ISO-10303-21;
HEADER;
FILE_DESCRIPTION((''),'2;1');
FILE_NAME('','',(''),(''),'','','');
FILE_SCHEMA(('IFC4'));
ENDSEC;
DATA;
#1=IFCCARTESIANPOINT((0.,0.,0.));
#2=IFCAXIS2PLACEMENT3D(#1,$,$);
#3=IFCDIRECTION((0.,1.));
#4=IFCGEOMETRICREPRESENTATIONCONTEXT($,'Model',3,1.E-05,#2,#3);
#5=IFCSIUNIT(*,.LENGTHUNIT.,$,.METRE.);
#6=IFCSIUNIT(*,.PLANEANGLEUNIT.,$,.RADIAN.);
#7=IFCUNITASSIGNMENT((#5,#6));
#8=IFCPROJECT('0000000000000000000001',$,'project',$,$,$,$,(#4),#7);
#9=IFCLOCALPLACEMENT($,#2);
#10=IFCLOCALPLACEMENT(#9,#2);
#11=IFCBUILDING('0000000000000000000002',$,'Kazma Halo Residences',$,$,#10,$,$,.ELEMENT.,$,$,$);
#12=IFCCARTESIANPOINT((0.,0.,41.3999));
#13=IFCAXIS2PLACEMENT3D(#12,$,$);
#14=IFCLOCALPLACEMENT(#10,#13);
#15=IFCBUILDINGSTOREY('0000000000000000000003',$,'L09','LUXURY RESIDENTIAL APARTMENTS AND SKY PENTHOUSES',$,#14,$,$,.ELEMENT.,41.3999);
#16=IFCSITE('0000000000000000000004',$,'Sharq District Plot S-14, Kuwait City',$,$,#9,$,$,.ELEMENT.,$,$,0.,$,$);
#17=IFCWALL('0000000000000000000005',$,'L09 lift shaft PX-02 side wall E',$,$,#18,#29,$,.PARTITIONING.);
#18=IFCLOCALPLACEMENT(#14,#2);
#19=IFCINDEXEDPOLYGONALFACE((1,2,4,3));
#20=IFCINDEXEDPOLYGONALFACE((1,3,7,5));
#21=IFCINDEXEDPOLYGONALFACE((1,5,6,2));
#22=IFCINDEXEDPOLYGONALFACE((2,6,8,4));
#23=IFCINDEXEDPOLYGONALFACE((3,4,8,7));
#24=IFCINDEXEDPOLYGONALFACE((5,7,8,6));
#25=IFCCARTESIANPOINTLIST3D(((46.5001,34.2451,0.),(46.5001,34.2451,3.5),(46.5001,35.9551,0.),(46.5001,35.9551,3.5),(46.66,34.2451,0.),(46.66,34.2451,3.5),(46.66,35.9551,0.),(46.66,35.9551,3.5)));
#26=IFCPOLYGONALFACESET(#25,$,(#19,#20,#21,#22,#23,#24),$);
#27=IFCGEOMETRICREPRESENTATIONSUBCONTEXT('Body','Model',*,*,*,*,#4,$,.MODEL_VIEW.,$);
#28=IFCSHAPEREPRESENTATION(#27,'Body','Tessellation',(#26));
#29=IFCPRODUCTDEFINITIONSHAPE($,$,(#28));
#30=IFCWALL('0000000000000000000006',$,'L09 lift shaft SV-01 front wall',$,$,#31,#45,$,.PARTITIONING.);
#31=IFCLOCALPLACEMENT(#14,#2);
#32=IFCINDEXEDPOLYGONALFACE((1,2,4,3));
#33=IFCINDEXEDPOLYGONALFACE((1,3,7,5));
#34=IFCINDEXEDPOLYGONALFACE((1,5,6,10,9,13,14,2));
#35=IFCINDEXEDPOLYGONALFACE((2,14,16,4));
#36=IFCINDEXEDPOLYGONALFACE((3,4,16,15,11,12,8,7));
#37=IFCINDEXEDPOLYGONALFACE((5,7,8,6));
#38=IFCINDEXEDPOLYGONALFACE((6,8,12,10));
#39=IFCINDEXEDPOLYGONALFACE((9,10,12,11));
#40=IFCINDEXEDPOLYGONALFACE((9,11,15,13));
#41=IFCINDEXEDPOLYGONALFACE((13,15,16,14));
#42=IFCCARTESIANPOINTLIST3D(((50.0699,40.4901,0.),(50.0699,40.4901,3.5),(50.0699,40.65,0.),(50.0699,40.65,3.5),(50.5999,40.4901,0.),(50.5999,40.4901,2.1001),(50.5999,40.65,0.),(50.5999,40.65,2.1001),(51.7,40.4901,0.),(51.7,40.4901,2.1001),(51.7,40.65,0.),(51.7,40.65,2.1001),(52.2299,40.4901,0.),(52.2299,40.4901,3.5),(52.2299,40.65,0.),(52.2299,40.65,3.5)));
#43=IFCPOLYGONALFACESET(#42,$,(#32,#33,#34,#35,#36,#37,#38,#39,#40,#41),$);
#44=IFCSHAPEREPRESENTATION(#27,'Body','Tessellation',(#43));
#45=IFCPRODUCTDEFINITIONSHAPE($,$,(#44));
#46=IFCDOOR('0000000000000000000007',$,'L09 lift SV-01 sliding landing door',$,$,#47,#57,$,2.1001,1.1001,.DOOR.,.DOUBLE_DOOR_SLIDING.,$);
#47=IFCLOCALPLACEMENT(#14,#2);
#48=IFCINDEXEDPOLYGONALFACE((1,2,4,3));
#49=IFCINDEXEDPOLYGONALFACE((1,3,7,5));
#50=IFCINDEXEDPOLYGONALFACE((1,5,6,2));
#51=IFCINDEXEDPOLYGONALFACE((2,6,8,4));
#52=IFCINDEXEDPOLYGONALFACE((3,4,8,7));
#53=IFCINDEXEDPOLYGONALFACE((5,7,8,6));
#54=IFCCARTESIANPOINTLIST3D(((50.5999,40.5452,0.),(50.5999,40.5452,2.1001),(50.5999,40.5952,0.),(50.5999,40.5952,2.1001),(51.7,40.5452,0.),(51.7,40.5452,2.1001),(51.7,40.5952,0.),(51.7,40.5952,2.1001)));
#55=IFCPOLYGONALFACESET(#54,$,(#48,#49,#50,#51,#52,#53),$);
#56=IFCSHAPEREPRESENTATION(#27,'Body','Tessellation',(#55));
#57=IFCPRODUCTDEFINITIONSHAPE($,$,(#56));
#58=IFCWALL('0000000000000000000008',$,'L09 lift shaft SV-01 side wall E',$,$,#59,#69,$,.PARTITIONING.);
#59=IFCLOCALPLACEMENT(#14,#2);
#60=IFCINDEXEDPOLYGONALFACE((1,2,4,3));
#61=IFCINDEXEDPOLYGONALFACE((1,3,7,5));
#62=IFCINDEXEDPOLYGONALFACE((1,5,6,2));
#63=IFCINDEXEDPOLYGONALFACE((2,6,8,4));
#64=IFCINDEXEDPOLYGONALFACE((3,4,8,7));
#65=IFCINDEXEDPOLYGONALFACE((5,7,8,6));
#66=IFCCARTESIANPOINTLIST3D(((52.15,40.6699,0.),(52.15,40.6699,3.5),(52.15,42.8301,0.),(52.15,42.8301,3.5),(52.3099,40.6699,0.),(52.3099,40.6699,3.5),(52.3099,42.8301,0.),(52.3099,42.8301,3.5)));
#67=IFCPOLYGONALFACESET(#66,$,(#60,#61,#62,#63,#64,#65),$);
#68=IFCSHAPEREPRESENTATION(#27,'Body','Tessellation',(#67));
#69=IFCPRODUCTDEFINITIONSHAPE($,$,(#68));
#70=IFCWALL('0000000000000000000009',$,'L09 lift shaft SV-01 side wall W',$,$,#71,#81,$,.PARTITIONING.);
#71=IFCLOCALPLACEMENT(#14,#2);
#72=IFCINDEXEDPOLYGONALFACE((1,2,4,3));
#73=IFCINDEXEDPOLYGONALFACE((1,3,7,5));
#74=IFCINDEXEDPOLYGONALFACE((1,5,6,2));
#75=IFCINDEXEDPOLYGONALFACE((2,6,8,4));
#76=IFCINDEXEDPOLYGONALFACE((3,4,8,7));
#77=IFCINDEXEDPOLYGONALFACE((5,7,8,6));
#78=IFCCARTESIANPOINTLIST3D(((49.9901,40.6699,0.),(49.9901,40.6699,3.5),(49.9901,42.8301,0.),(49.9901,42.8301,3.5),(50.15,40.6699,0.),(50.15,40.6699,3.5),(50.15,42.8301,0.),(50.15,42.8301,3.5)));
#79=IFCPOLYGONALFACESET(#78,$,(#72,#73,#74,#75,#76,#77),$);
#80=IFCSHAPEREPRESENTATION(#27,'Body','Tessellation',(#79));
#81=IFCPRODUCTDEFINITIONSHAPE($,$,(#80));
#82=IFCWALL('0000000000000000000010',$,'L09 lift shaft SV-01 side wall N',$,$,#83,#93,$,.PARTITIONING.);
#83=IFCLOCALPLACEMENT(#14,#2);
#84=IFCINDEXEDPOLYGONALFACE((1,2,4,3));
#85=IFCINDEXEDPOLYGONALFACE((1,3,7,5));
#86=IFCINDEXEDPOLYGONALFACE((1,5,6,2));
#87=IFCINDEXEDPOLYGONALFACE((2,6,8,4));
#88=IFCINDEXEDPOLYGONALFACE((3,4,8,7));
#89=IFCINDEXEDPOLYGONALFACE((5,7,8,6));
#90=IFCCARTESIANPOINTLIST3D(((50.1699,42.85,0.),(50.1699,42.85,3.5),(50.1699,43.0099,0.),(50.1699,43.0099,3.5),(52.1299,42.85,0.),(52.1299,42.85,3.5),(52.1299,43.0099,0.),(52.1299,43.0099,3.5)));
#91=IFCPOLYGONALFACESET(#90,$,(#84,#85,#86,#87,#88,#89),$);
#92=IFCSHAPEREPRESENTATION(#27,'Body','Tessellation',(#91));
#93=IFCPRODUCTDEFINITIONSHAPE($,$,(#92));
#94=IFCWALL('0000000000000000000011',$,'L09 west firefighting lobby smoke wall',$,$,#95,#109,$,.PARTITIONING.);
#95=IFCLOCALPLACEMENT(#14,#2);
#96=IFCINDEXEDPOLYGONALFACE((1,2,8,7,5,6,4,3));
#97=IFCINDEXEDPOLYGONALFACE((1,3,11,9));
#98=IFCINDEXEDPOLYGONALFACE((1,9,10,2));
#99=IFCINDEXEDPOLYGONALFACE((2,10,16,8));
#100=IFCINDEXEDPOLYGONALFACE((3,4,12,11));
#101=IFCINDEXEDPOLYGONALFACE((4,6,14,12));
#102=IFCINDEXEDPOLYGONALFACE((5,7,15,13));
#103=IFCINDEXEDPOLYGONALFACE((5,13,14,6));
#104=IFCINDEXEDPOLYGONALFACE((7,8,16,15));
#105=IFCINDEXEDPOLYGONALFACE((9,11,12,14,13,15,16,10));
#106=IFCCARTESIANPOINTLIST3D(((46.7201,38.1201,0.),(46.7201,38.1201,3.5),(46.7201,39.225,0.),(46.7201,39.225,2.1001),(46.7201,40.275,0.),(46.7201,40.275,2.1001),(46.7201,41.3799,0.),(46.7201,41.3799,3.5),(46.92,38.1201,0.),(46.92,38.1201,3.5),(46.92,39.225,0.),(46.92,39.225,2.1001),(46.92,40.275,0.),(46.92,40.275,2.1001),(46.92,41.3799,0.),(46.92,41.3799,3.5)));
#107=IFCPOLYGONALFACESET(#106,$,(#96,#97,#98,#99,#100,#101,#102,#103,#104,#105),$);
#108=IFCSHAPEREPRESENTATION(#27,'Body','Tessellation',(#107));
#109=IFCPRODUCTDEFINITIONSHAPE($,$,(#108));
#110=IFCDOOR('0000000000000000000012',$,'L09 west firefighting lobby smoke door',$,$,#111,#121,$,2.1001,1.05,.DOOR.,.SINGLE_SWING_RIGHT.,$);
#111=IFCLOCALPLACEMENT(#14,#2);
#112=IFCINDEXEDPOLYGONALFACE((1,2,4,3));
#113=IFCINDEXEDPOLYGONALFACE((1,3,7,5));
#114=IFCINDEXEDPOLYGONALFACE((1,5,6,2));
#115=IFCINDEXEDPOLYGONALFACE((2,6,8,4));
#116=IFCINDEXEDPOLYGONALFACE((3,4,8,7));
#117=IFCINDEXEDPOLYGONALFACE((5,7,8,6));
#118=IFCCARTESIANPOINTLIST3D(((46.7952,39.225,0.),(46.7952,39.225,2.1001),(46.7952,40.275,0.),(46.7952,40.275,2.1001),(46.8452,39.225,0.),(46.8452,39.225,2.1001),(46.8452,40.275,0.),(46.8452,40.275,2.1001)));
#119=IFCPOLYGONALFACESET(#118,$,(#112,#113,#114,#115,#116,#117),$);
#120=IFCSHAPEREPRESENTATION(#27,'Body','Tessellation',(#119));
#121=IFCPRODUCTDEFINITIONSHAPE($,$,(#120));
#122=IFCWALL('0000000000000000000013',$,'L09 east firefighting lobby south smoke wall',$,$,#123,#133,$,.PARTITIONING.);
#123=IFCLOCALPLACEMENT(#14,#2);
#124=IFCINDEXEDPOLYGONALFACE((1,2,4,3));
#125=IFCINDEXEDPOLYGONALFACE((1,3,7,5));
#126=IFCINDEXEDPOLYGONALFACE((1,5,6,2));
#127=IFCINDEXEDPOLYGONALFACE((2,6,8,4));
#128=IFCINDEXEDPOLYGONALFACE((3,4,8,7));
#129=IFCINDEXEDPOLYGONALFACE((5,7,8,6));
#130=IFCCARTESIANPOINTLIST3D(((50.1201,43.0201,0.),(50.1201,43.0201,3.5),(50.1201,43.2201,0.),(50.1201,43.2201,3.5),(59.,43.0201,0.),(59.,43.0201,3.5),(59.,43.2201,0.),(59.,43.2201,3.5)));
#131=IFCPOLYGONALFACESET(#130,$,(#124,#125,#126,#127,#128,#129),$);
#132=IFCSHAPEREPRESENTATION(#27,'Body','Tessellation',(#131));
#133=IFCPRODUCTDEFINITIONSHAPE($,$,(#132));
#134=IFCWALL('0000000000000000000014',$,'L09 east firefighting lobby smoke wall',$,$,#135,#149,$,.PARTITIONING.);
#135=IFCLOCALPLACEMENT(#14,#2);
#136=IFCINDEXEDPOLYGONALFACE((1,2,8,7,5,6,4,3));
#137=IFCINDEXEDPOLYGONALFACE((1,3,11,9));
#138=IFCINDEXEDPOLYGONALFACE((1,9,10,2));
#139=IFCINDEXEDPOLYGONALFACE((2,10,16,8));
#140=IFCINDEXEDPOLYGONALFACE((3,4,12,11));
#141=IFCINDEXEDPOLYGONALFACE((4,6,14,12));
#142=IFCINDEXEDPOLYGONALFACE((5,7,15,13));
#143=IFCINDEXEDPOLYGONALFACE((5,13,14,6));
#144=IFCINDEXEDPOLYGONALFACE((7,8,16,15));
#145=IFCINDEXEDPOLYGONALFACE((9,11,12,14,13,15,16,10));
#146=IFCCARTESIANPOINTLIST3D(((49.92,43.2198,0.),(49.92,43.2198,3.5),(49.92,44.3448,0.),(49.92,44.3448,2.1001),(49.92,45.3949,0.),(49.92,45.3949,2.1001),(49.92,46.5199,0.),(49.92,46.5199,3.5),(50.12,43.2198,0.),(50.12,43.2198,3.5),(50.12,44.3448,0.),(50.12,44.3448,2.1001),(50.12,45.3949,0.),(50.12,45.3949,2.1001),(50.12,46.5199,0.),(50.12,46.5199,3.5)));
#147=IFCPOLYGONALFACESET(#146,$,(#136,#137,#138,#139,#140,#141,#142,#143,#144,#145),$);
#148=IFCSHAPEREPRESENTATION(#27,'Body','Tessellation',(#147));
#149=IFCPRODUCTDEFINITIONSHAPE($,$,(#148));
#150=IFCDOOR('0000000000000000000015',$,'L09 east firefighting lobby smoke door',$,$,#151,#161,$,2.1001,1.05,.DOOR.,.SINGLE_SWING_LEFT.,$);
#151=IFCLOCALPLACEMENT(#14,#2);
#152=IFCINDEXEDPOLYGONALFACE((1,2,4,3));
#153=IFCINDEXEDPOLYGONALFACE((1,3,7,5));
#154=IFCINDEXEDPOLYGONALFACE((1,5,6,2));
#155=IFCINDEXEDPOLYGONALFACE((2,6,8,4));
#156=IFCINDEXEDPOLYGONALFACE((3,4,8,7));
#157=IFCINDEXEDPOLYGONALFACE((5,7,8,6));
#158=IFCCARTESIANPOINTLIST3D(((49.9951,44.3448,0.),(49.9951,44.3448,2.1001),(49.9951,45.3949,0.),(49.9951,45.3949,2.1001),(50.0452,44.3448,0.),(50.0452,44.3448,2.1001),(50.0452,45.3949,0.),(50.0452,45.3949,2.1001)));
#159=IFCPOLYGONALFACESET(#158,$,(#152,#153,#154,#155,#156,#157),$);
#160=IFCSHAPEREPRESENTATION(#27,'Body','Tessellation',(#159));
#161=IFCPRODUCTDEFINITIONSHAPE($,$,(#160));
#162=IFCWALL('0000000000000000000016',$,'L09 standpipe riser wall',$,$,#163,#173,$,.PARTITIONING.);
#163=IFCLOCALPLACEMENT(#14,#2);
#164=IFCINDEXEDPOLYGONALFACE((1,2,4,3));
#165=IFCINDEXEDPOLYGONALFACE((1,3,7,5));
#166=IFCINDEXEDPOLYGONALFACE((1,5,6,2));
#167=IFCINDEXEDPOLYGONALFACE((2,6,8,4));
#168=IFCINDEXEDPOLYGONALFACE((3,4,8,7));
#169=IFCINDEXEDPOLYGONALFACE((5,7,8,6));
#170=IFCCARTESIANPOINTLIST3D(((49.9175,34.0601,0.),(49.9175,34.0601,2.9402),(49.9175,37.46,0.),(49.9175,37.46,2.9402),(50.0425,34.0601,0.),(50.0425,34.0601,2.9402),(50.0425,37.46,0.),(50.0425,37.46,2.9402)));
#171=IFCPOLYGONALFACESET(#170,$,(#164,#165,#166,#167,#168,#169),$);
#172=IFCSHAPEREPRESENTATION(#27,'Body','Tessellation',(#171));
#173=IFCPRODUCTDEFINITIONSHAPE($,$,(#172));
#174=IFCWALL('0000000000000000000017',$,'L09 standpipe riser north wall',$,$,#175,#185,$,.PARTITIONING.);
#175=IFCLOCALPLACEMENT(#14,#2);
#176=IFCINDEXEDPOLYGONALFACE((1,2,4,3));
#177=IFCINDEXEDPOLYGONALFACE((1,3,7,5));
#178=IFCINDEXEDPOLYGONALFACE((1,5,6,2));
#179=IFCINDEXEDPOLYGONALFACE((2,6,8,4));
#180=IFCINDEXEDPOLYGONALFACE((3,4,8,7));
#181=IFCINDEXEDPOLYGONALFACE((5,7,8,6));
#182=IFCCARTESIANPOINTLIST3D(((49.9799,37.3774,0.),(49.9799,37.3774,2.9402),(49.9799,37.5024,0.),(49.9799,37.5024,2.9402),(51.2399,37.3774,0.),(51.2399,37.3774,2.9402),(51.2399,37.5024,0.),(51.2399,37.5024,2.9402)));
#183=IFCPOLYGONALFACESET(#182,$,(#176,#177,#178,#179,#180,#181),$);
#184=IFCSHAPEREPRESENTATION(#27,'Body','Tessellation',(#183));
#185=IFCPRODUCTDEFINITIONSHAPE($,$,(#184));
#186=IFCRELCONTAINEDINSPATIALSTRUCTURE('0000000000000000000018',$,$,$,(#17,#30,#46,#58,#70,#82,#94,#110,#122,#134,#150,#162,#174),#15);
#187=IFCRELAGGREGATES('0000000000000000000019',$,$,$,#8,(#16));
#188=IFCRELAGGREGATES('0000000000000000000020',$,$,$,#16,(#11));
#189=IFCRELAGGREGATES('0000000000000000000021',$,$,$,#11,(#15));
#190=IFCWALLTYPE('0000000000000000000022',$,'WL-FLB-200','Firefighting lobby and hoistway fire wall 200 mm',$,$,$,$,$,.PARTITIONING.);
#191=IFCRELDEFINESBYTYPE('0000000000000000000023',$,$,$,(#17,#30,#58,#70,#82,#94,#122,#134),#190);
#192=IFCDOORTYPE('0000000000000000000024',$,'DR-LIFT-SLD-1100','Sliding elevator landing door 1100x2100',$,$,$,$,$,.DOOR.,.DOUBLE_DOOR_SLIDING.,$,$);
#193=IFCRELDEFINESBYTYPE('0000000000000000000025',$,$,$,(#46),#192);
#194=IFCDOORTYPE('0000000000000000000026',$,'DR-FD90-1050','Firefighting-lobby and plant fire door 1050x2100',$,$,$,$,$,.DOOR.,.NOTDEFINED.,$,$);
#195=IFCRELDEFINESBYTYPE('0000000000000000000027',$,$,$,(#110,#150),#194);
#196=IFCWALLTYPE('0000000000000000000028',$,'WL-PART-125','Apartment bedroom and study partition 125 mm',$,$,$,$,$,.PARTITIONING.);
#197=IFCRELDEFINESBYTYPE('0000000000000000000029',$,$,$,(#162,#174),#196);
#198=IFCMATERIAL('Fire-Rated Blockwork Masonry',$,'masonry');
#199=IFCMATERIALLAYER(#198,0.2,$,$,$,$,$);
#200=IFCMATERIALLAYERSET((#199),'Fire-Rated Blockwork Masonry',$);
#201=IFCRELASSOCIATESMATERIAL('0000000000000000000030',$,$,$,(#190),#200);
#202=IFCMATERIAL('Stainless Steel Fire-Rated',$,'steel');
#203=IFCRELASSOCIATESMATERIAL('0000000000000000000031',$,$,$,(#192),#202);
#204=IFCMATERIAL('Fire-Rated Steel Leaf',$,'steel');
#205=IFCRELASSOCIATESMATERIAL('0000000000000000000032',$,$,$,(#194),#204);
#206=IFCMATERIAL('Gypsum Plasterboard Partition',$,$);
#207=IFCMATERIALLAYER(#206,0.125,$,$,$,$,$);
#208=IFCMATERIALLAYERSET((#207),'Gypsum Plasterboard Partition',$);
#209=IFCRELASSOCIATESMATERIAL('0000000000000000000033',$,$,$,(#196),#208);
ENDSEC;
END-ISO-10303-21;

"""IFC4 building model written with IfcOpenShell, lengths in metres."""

from ifc_helpers import new_model, si_unit, direction, frame, frame_2d, origin, place, context, subcontext, project, spatial, rectangle, extrude, material, layer, layer_set, type_object, element, fill, save


model = new_model("IFC4")

# Units and contexts
model_context = context("Model", 3, precision=1e-05, world=origin(), true_north=direction((0.0, 1.0)))
body_context = subcontext(model_context, "Body", "Model", "MODEL_VIEW")
ifc_project = project(units=[si_unit("LENGTHUNIT", "METRE"), si_unit("PLANEANGLEUNIT", "RADIAN")], contexts=[model_context])

# Site, building, storey
site_placement = place(None, origin())
site = spatial("IfcSite", under=ifc_project, at=site_placement, Name="Sharq District Plot S-14, Kuwait City", CompositionType="ELEMENT", RefElevation=0.0)
building_placement = place(site_placement, origin())
building = spatial("IfcBuilding", under=site, at=building_placement, Name="Kazma Halo Residences", CompositionType="ELEMENT")
storey_placement = place(building_placement, frame((0.0, 0.0, 41.3999)))
storey = spatial("IfcBuildingStorey", under=building, at=storey_placement, Name="L09", Description="LUXURY RESIDENTIAL APARTMENTS AND SKY PENTHOUSES", CompositionType="ELEMENT", Elevation=41.3999)

# Wall
ifc_material_1 = material(Name="Fire-Rated Blockwork Masonry", Category="masonry")
ifc_layer_1 = layer(ifc_material_1, 0.2)
ifc_layer_set_1 = layer_set([ifc_layer_1], Name="Fire-Rated Blockwork Masonry")
wall_type_1 = type_object("IfcWallType", Name="WL-FLB-200", Description="Firefighting lobby and hoistway fire wall 200 mm", PredefinedType="PARTITIONING", material=ifc_layer_set_1)
wall_1_placement = place(storey_placement, frame((46.5801, 34.2451, 0.0), z_axis=(0.0, 0.0, 1.0), x_axis=(0.0, 1.0, 0.0)))
element("IfcWall", 1, at=wall_1_placement, inside=storey, type_object=wall_type_1, Name="L09 lift shaft PX-02 side wall E", PredefinedType="PARTITIONING", context=body_context, shape_type="SweptSolid", body=[
    extrude(rectangle(XDim=1.71, YDim=0.1599, at=frame_2d((0.855, 0.0))), origin(), (0.0, 0.0, 1.0), 3.5),
])

# Wall, opening, door
wall_2_placement = place(storey_placement, frame((52.23, 40.5701, 0.0), z_axis=(0.0, 0.0, 1.0), x_axis=(-1.0, 0.0, 0.0)))
wall_2 = element("IfcWall", 2, at=wall_2_placement, inside=storey, type_object=wall_type_1, Name="L09 lift shaft SV-01 front wall", PredefinedType="PARTITIONING", context=body_context, shape_type="SweptSolid", body=[
    extrude(rectangle(XDim=2.1599, YDim=0.1599, at=frame_2d((1.0801, 0.0))), origin(), (0.0, 0.0, 1.0), 3.5),
])
opening_1_placement = place(wall_2_placement, frame((0.53, 0.0, 0.0)))
opening_1 = element("IfcOpeningElement", 3, at=opening_1_placement, cuts=wall_2, PredefinedType="OPENING", context=body_context, shape_type="SweptSolid", body=[
    extrude(rectangle(XDim=1.1001, YDim=2.1001, at=frame_2d((0.55, 1.05))), frame((0.0, 0.0898, 0.0), z_axis=(0.0, -1.0, 0.0), x_axis=(1.0, 0.0, 0.0)), (0.0, 0.0, 1.0), 0.1799),
])
ifc_material_2 = material(Name="Stainless Steel Fire-Rated", Category="steel")
door_type_1 = type_object("IfcDoorType", Name="DR-LIFT-SLD-1100", Description="Sliding elevator landing door 1100x2100", OperationType="DOUBLE_DOOR_SLIDING", PredefinedType="DOOR", material=ifc_material_2)
door_1_placement = place(opening_1_placement, origin())
door_1 = element("IfcDoor", 4, at=door_1_placement, inside=storey, type_object=door_type_1, Name="L09 lift SV-01 sliding landing door", OperationType="DOUBLE_DOOR_SLIDING", OverallHeight=2.1001, OverallWidth=1.1001, PredefinedType="DOOR", context=body_context, shape_type="SweptSolid", body=[
    extrude(rectangle(XDim=1.1001, YDim=2.1001, at=frame_2d((0.55, 1.05))), frame((0.0, 0.0249, 0.0), z_axis=(0.0, -1.0, 0.0), x_axis=(1.0, 0.0, 0.0)), (0.0, 0.0, 1.0), 0.05),
])
fill(opening_1, door_1)

# Walls
for number, where, z_axis, x_axis, name in (
    (5, (52.23, 40.6699, 0.0), (0.0, 0.0, 1.0), (0.0, 1.0, 0.0), "L09 lift shaft SV-01 side wall E"),
    (6, (50.0701, 40.6699, 0.0), (0.0, 0.0, 1.0), (0.0, 1.0, 0.0), "L09 lift shaft SV-01 side wall W"),
):
    element("IfcWall", number, at=place(storey_placement, frame(where, z_axis=z_axis, x_axis=x_axis)), inside=storey, type_object=wall_type_1, Name=name, PredefinedType="PARTITIONING", context=body_context, shape_type="SweptSolid", body=[
        extrude(rectangle(XDim=2.1602, YDim=0.1599, at=frame_2d((1.0801, 0.0))), origin(), (0.0, 0.0, 1.0), 3.5),
    ])
wall_3_placement = place(storey_placement, frame((50.1699, 42.9299, 0.0), z_axis=(0.0, 0.0, 1.0), x_axis=(1.0, 0.0, 0.0)))
element("IfcWall", 7, at=wall_3_placement, inside=storey, type_object=wall_type_1, Name="L09 lift shaft SV-01 side wall N", PredefinedType="PARTITIONING", context=body_context, shape_type="SweptSolid", body=[
    extrude(rectangle(XDim=1.96, YDim=0.1599, at=frame_2d((0.98, 0.0))), origin(), (0.0, 0.0, 1.0), 3.5),
])

# Wall, opening, door
wall_4_placement = place(storey_placement, frame((46.8201, 38.1201, 0.0), z_axis=(0.0, 0.0, 1.0), x_axis=(0.0, 1.0, 0.0)))
wall_4 = element("IfcWall", 8, at=wall_4_placement, inside=storey, type_object=wall_type_1, Name="L09 west firefighting lobby smoke wall", PredefinedType="PARTITIONING", context=body_context, shape_type="SweptSolid", body=[
    extrude(rectangle(XDim=3.2598, YDim=0.2, at=frame_2d((1.6299, 0.0))), origin(), (0.0, 0.0, 1.0), 3.5),
])
opening_2_placement = place(wall_4_placement, frame((1.105, 0.0, 0.0)))
opening_2 = element("IfcOpeningElement", 9, at=opening_2_placement, cuts=wall_4, PredefinedType="OPENING", context=body_context, shape_type="SweptSolid", body=[
    extrude(rectangle(XDim=1.05, YDim=2.1001, at=frame_2d((0.5249, 1.05))), frame((0.0, 0.1099, 0.0), z_axis=(0.0, -1.0, 0.0), x_axis=(1.0, 0.0, 0.0)), (0.0, 0.0, 1.0), 0.22),
])
ifc_material_3 = material(Name="Fire-Rated Steel Leaf", Category="steel")
door_type_2 = type_object("IfcDoorType", Name="DR-FD90-1050", Description="Firefighting-lobby and plant fire door 1050x2100", OperationType="NOTDEFINED", PredefinedType="DOOR", material=ifc_material_3)
door_2_placement = place(opening_2_placement, origin())
door_2 = element("IfcDoor", 10, at=door_2_placement, inside=storey, type_object=door_type_2, Name="L09 west firefighting lobby smoke door", OperationType="SINGLE_SWING_RIGHT", OverallHeight=2.1001, OverallWidth=1.05, PredefinedType="DOOR", context=body_context, shape_type="SweptSolid", body=[
    extrude(rectangle(XDim=1.05, YDim=2.1001, at=frame_2d((0.5249, 1.05))), frame((0.0, 0.0249, 0.0), z_axis=(0.0, -1.0, 0.0), x_axis=(1.0, 0.0, 0.0)), (0.0, 0.0, 1.0), 0.05),
])
fill(opening_2, door_2)

# Wall
wall_5_placement = place(storey_placement, frame((50.1201, 43.1201, 0.0), z_axis=(0.0, 0.0, 1.0), x_axis=(1.0, 0.0, 0.0)))
element("IfcWall", 11, at=wall_5_placement, inside=storey, type_object=wall_type_1, Name="L09 east firefighting lobby south smoke wall", PredefinedType="PARTITIONING", context=body_context, shape_type="SweptSolid", body=[
    extrude(rectangle(XDim=8.8799, YDim=0.2, at=frame_2d((4.4399, 0.0))), origin(), (0.0, 0.0, 1.0), 3.5),
])

# Wall, opening, door
wall_6_placement = place(storey_placement, frame((50.02, 43.22, 0.0), z_axis=(0.0, 0.0, 1.0), x_axis=(0.0, 1.0, 0.0)))
wall_6 = element("IfcWall", 12, at=wall_6_placement, inside=storey, type_object=wall_type_1, Name="L09 east firefighting lobby smoke wall", PredefinedType="PARTITIONING", context=body_context, shape_type="SweptSolid", body=[
    extrude(rectangle(XDim=3.3, YDim=0.2, at=frame_2d((1.6499, 0.0))), origin(), (0.0, 0.0, 1.0), 3.5),
])
opening_3_placement = place(wall_6_placement, frame((1.125, 0.0, 0.0)))
opening_3 = element("IfcOpeningElement", 13, at=opening_3_placement, cuts=wall_6, PredefinedType="OPENING", context=body_context, shape_type="SweptSolid", body=[
    extrude(rectangle(XDim=1.05, YDim=2.1001, at=frame_2d((0.5249, 1.05))), frame((0.0, 0.1099, 0.0), z_axis=(0.0, -1.0, 0.0), x_axis=(1.0, 0.0, 0.0)), (0.0, 0.0, 1.0), 0.22),
])
door_3_placement = place(opening_3_placement, origin())
door_3 = element("IfcDoor", 14, at=door_3_placement, inside=storey, type_object=door_type_2, Name="L09 east firefighting lobby smoke door", OperationType="SINGLE_SWING_LEFT", OverallHeight=2.1001, OverallWidth=1.05, PredefinedType="DOOR", context=body_context, shape_type="SweptSolid", body=[
    extrude(rectangle(XDim=1.05, YDim=2.1001, at=frame_2d((0.5249, 1.05))), frame((0.0, 0.0249, 0.0), z_axis=(0.0, -1.0, 0.0), x_axis=(1.0, 0.0, 0.0)), (0.0, 0.0, 1.0), 0.05),
])
fill(opening_3, door_3)

# Walls
ifc_material_4 = material(Name="Gypsum Plasterboard Partition")
ifc_layer_2 = layer(ifc_material_4, 0.125)
ifc_layer_set_2 = layer_set([ifc_layer_2], Name="Gypsum Plasterboard Partition")
wall_type_2 = type_object("IfcWallType", Name="WL-PART-125", Description="Apartment bedroom and study partition 125 mm", PredefinedType="PARTITIONING", material=ifc_layer_set_2)
wall_7_placement = place(storey_placement, frame((49.98, 34.0601, 0.0), z_axis=(0.0, 0.0, 1.0), x_axis=(0.0, 1.0, 0.0)))
element("IfcWall", 15, at=wall_7_placement, inside=storey, type_object=wall_type_2, Name="L09 standpipe riser wall", PredefinedType="PARTITIONING", context=body_context, shape_type="SweptSolid", body=[
    extrude(rectangle(XDim=3.3999, YDim=0.125, at=frame_2d((1.7, 0.0))), origin(), (0.0, 0.0, 1.0), 2.9402),
])
wall_8_placement = place(storey_placement, frame((49.98, 37.4399, 0.0), z_axis=(0.0, 0.0, 1.0), x_axis=(1.0, 0.0, 0.0)))
element("IfcWall", 16, at=wall_8_placement, inside=storey, type_object=wall_type_2, Name="L09 standpipe riser north wall", PredefinedType="PARTITIONING", context=body_context, shape_type="SweptSolid", body=[
    extrude(rectangle(XDim=1.26, YDim=0.125, at=frame_2d((0.6299, 0.0))), origin(), (0.0, 0.0, 1.0), 2.9402),
])

save(model, "model.ifc")
